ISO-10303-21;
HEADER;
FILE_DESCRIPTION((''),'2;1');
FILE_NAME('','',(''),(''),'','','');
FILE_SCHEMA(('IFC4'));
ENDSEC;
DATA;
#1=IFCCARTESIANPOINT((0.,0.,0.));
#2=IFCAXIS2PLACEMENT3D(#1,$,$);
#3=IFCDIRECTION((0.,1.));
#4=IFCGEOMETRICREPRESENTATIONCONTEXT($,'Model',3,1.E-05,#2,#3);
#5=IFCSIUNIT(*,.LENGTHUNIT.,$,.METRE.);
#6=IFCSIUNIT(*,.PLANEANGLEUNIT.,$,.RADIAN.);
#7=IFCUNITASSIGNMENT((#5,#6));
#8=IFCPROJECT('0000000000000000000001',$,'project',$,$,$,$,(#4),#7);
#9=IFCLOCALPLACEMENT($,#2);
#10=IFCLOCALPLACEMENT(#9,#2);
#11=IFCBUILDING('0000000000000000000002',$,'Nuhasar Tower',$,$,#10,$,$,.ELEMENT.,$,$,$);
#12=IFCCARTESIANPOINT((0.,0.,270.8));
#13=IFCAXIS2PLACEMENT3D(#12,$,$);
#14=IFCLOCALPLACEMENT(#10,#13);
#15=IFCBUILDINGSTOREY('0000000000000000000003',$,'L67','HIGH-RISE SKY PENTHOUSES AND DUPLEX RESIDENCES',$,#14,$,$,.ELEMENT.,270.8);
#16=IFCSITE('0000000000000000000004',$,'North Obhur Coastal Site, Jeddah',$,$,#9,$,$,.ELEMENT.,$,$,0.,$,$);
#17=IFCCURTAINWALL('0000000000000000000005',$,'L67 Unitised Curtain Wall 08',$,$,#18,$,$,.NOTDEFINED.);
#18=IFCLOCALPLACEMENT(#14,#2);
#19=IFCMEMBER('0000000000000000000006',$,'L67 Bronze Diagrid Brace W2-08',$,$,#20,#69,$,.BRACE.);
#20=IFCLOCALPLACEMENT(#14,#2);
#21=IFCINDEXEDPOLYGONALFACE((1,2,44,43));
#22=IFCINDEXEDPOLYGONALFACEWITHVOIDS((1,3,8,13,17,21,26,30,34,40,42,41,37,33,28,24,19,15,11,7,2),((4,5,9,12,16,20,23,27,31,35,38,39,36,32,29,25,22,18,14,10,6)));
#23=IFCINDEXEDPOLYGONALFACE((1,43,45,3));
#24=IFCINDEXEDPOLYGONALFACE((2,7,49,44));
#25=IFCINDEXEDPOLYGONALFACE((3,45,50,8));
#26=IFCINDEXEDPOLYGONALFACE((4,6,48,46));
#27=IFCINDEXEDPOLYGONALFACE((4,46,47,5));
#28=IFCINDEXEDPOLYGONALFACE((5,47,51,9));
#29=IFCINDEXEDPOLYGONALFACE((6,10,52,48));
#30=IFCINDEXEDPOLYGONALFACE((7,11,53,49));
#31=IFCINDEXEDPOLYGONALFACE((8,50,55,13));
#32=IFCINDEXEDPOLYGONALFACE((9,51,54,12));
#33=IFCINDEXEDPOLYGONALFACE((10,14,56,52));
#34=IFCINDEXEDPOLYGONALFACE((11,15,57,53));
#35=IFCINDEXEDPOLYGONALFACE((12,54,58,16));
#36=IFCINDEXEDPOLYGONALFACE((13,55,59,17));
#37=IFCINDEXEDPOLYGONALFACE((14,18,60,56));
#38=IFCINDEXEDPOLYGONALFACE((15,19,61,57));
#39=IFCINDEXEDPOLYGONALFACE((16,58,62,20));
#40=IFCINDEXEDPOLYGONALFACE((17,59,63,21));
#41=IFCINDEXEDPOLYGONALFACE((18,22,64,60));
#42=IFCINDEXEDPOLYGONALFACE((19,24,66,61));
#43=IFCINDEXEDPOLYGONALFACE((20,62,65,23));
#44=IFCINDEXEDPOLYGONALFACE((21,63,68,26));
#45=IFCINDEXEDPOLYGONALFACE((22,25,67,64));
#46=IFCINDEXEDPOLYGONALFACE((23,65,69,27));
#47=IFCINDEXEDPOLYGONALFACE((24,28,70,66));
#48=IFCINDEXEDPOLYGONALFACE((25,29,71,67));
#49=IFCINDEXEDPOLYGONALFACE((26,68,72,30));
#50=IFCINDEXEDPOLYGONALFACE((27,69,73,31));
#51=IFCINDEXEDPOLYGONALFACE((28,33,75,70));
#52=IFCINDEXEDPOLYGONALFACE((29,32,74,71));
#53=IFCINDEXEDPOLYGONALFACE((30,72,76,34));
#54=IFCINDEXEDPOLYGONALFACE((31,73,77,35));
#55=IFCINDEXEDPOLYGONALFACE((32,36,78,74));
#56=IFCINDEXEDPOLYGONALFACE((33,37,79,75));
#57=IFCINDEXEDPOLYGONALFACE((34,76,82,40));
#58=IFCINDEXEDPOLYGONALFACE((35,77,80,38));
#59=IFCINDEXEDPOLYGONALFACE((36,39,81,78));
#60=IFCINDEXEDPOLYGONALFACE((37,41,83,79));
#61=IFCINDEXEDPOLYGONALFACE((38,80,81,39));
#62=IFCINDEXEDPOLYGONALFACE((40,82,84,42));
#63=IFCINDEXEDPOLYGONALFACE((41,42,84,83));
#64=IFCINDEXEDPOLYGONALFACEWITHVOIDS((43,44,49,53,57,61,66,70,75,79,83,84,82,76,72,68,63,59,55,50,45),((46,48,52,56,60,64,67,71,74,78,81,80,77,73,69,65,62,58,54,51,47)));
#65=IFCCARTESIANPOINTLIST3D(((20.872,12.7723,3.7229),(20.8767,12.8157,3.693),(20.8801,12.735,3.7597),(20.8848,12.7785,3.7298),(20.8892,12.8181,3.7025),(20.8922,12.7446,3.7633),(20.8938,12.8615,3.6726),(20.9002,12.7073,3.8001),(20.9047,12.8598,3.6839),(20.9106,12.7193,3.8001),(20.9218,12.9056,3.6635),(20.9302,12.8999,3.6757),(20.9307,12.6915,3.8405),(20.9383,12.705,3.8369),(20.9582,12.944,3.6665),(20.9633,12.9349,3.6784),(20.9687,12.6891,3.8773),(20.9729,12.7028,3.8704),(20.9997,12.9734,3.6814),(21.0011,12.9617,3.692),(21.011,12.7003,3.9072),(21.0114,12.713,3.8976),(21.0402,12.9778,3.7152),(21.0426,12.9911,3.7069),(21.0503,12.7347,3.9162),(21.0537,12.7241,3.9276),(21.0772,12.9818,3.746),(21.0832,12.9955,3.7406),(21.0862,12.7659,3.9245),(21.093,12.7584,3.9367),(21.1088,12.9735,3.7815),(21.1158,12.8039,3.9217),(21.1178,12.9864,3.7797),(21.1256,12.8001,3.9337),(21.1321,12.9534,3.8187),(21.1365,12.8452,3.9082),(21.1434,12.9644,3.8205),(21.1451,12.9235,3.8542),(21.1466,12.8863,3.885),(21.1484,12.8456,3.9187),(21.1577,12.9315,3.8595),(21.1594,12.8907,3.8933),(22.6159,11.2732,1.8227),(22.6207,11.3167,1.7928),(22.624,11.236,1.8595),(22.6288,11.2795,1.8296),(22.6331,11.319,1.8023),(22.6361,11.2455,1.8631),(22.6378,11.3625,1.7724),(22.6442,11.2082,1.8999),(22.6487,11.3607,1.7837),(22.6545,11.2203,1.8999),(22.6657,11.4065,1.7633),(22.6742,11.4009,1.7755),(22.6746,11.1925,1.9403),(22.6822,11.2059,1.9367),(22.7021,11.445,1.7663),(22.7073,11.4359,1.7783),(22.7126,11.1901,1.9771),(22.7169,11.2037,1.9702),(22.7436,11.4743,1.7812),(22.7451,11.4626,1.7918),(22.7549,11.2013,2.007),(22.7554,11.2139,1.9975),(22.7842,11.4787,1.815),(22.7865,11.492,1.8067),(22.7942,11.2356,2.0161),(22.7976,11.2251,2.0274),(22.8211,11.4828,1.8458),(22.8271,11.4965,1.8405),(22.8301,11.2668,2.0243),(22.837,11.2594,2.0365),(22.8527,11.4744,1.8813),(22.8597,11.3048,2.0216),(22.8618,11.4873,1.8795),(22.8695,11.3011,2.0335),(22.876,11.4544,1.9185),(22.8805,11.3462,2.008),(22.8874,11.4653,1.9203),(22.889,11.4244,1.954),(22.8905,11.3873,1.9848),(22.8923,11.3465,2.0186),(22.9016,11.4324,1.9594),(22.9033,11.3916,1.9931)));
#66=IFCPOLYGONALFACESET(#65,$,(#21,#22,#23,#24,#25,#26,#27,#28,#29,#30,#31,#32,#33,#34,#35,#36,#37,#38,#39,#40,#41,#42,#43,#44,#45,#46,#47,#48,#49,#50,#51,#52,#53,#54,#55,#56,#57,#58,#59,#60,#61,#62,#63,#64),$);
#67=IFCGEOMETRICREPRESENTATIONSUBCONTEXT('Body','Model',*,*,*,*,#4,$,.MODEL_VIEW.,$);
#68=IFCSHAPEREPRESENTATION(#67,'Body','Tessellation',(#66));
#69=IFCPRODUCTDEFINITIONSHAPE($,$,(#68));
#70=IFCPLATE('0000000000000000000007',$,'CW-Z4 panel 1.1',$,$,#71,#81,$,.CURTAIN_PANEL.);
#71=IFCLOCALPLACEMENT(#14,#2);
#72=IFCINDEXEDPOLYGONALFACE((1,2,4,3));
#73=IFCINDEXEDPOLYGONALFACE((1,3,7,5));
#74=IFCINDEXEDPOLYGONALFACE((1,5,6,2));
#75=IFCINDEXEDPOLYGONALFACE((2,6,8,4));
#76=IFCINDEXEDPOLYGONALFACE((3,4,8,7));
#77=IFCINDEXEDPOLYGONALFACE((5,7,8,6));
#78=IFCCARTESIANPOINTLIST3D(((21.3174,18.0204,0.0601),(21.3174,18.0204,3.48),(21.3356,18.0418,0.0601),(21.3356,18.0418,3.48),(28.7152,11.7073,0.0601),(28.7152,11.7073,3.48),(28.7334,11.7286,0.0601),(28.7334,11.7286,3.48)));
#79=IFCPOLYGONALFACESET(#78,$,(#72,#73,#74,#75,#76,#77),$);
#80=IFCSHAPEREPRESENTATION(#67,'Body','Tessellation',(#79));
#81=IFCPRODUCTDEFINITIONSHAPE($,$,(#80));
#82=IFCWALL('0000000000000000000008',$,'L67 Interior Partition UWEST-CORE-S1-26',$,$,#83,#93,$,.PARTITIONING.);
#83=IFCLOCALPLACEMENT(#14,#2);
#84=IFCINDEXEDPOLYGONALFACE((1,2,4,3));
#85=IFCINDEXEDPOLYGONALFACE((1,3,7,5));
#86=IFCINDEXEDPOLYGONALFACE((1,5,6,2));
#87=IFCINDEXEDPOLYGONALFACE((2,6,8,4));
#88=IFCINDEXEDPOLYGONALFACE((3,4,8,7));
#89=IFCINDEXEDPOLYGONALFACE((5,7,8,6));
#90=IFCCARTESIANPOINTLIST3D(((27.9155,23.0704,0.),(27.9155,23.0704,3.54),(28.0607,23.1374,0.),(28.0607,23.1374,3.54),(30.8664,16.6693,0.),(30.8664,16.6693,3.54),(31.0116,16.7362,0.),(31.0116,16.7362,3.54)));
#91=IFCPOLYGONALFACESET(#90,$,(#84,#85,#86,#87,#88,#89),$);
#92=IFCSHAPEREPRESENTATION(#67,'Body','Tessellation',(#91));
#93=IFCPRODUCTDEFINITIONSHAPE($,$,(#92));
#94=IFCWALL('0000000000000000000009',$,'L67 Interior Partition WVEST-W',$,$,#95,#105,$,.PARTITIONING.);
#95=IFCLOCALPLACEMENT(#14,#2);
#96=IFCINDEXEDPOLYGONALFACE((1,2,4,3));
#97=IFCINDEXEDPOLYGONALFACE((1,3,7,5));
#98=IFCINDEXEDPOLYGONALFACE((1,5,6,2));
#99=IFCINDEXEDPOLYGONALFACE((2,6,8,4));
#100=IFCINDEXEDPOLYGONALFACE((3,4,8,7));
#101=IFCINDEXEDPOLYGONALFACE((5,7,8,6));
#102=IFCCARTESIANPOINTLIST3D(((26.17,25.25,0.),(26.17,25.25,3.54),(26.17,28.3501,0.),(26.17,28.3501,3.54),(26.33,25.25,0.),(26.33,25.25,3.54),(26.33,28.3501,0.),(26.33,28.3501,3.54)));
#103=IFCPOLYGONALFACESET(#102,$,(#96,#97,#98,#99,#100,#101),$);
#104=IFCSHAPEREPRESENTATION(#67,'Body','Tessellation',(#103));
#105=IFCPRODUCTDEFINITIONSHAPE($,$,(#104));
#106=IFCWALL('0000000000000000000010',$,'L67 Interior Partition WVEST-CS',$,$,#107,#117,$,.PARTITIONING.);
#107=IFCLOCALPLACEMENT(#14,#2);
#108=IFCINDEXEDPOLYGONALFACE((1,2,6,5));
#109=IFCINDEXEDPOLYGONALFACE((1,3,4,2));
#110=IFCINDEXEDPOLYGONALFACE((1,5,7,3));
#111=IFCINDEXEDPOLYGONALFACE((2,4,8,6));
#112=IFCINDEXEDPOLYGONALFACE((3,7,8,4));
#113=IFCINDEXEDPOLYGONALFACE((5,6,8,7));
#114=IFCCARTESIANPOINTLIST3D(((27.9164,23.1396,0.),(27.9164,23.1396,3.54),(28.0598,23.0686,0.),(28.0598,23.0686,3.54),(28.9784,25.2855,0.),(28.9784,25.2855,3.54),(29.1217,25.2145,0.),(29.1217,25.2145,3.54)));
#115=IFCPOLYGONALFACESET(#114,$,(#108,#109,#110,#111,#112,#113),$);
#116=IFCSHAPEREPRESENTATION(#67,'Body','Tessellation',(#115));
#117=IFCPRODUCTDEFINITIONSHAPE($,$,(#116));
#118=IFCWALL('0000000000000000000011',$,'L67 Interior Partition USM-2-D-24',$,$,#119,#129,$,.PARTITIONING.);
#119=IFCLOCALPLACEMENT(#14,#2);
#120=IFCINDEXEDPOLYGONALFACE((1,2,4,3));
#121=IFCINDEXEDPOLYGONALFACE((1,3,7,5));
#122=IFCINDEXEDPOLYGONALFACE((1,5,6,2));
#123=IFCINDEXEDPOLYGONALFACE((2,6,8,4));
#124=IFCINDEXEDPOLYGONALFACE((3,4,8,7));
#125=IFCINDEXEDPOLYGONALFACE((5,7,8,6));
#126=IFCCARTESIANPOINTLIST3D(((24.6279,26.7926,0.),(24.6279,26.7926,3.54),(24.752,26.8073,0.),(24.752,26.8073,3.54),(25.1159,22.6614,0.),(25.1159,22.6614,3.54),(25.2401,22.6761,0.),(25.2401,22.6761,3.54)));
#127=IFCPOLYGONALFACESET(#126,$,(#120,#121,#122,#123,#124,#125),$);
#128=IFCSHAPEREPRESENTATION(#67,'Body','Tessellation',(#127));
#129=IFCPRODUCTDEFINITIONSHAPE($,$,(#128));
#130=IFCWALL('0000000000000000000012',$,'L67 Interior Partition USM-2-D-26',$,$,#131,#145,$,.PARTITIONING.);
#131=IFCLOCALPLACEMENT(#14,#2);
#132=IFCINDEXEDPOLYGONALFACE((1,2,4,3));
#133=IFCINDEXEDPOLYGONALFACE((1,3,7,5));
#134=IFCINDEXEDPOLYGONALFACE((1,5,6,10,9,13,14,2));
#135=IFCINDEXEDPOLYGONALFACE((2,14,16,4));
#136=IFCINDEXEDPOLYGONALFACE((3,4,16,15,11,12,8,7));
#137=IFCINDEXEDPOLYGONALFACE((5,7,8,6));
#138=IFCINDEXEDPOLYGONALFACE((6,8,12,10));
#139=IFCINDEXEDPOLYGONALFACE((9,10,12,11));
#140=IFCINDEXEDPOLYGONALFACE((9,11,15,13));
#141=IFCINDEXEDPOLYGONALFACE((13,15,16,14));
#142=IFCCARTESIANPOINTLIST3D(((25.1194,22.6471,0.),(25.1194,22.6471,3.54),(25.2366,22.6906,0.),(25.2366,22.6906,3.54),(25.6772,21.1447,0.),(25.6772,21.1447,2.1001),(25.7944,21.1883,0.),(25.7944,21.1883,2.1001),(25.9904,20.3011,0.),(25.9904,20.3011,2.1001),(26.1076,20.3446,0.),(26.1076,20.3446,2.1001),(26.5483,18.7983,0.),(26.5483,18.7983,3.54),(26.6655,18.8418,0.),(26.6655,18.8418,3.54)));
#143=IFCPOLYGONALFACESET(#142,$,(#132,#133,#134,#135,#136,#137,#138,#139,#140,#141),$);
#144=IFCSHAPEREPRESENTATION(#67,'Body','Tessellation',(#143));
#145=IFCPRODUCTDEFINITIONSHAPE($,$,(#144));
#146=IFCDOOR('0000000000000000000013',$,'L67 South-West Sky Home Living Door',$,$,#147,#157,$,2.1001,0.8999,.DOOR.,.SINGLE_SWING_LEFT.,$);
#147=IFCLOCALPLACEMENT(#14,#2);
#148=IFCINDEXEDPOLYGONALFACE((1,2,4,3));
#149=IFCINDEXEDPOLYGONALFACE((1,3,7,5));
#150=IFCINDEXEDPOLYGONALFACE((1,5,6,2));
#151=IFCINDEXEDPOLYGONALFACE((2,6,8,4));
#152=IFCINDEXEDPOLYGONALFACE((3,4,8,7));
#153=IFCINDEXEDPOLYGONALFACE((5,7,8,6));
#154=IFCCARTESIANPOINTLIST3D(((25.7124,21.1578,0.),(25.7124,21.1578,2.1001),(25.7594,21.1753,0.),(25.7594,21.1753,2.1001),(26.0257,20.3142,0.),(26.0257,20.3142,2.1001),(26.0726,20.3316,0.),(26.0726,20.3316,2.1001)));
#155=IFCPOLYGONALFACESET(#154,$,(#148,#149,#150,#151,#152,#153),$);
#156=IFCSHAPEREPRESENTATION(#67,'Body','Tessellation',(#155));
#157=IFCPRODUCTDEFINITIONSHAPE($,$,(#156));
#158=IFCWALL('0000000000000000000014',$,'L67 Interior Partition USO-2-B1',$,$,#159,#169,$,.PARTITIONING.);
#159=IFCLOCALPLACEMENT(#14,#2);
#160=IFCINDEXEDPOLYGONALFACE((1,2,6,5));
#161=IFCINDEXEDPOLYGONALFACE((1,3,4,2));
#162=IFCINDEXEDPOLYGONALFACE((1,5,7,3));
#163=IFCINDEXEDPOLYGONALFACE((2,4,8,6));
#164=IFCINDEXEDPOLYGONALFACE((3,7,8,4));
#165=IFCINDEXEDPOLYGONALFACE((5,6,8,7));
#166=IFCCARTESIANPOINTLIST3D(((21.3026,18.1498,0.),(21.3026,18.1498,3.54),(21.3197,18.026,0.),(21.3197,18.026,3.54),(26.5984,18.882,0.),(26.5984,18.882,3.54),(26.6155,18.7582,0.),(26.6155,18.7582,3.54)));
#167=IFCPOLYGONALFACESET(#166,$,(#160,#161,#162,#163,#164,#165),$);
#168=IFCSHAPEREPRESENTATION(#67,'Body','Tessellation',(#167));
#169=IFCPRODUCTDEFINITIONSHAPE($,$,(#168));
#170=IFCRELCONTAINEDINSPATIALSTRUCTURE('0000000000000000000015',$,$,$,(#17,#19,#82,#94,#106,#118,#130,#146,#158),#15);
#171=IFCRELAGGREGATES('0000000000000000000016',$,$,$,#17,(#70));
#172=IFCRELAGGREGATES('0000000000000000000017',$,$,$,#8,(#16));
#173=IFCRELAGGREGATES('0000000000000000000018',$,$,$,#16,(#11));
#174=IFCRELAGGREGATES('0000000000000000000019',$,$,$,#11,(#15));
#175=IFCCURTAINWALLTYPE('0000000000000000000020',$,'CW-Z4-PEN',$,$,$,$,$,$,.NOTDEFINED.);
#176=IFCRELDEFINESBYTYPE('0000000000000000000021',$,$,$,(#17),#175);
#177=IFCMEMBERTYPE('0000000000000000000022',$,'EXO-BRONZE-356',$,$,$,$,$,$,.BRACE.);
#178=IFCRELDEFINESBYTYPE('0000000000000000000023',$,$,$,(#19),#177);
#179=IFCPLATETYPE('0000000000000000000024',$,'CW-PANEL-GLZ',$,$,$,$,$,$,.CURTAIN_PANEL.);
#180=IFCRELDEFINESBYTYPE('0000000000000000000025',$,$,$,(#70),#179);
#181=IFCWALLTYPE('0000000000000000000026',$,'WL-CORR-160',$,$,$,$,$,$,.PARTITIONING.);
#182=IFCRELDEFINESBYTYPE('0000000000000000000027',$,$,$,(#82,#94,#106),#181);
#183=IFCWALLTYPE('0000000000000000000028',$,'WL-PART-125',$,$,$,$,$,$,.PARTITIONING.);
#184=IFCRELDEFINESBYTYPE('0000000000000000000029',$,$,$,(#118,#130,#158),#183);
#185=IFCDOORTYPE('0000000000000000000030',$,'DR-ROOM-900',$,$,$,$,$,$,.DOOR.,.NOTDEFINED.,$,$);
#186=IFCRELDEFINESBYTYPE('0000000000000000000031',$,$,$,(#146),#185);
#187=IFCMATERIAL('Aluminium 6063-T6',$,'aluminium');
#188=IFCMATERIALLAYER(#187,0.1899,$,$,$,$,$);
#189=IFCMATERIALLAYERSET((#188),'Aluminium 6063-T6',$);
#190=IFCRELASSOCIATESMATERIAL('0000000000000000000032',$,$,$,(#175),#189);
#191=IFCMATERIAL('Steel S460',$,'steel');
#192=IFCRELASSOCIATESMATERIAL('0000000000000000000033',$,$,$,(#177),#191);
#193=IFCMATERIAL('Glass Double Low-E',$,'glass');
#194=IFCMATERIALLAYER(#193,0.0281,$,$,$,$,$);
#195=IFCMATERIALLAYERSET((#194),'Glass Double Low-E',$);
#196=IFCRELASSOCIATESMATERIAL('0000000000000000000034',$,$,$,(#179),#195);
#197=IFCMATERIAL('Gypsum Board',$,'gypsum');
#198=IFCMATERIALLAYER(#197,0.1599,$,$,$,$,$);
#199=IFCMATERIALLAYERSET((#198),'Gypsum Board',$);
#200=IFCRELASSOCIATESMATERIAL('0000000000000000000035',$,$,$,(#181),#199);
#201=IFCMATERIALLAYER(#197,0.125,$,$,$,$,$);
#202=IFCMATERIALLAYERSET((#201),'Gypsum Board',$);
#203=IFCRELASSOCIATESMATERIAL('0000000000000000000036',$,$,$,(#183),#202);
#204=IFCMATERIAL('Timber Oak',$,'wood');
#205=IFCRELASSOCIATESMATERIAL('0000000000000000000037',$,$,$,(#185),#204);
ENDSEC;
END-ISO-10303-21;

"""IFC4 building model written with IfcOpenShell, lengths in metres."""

from ifc_helpers import new_model, si_unit, direction, frame, frame_2d, origin, origin_2d, place, context, subcontext, project, spatial, rectangle, hollow_circle, extrude, material, layer, layer_set, material_profile, profile_set, type_object, element, fill, aggregate, save


model = new_model("IFC4")

# Units and contexts
model_context = context("Model", 3, precision=1e-05, world=origin(), true_north=direction((0.0, 1.0)))
body_context = subcontext(model_context, "Body", "Model", "MODEL_VIEW")
ifc_project = project(units=[si_unit("LENGTHUNIT", "METRE"), si_unit("PLANEANGLEUNIT", "RADIAN")], contexts=[model_context])

# Site, building, storey
site_placement = place(None, origin())
site = spatial("IfcSite", under=ifc_project, at=site_placement, Name="North Obhur Coastal Site, Jeddah", CompositionType="ELEMENT", RefElevation=0.0)
building_placement = place(site_placement, origin())
building = spatial("IfcBuilding", under=site, at=building_placement, Name="Nuhasar Tower", CompositionType="ELEMENT")
storey_placement = place(building_placement, frame((0.0, 0.0, 270.8)))
storey = spatial("IfcBuildingStorey", under=building, at=storey_placement, Name="L67", Description="HIGH-RISE SKY PENTHOUSES AND DUPLEX RESIDENCES", CompositionType="ELEMENT", Elevation=270.8)

# Curtain wall
ifc_material_1 = material(Name="Aluminium 6063-T6", Category="aluminium")
ifc_layer_1 = layer(ifc_material_1, 0.1899)
ifc_layer_set_1 = layer_set([ifc_layer_1], Name="Aluminium 6063-T6")
curtain_wall_type = type_object("IfcCurtainWallType", Name="CW-Z4-PEN", PredefinedType="NOTDEFINED", material=ifc_layer_set_1)
curtain_wall_1_placement = place(storey_placement, origin())
curtain_wall_1 = element("IfcCurtainWall", 1, at=curtain_wall_1_placement, inside=storey, type_object=curtain_wall_type, Name="L67 Unitised Curtain Wall 08", PredefinedType="NOTDEFINED")

# Member
ifc_material_2 = material(Name="Steel S460", Category="steel")
ifc_material_profile_1 = material_profile(ifc_material_2, hollow_circle(Radius=0.1777, WallThickness=0.0159, at=origin_2d()), Name="HSS355.6X15.9")
ifc_profile_set_1 = profile_set([ifc_material_profile_1], Name="Steel S460")
member_type_1 = type_object("IfcMemberType", Name="EXO-BRONZE-356", PredefinedType="BRACE", material=ifc_profile_set_1)
member_1_placement = place(storey_placement, frame((22.76, 11.343, 1.8999), z_axis=(-0.584595, 0.502508, 0.636973), x_axis=(-0.651857, -0.758342, 0.0)))
element("IfcMember", 2, at=member_1_placement, inside=storey, type_object=member_type_1, Name="L67 Bronze Diagrid Brace W2-08", PredefinedType="BRACE", context=body_context, shape_type="SweptSolid", body=[
    extrude(hollow_circle(Radius=0.1777, WallThickness=0.0159, at=origin_2d()), origin(), (0.0, 0.0, 1.0), 2.9832),
])

# Plate
ifc_material_3 = material(Name="Glass Double Low-E", Category="glass")
ifc_layer_2 = layer(ifc_material_3, 0.0281)
ifc_layer_set_2 = layer_set([ifc_layer_2], Name="Glass Double Low-E")
plate_type = type_object("IfcPlateType", Name="CW-PANEL-GLZ", PredefinedType="CURTAIN_PANEL", material=ifc_layer_set_2)
plate_placement = place(storey_placement, frame((25.0254, 14.8745, 0.0601), z_axis=(0.0, 0.0, 1.0), x_axis=(0.760667, -0.649142, 0.0)))
plate = element("IfcPlate", 3, at=plate_placement, type_object=plate_type, Name="CW-Z4 panel 1.1", PredefinedType="CURTAIN_PANEL", context=body_context, shape_type="SweptSolid", body=[
    extrude(rectangle(XDim=9.7253, YDim=0.0281, at=origin_2d()), origin(), (0.0, 0.0, 1.0), 3.4199),
])
aggregate(curtain_wall_1, [plate])

# Wall
ifc_material_4 = material(Name="Gypsum Board", Category="gypsum")
ifc_layer_3 = layer(ifc_material_4, 0.1599)
ifc_layer_set_3 = layer_set([ifc_layer_3], Name="Gypsum Board")
wall_type_1 = type_object("IfcWallType", Name="WL-CORR-160", PredefinedType="PARTITIONING", material=ifc_layer_set_3)
wall_1_placement = place(storey_placement, frame((27.988, 23.104, 0.0), z_axis=(0.0, 0.0, 1.0), x_axis=(0.418656, -0.908145, 0.0)))
element("IfcWall", 4, at=wall_1_placement, inside=storey, type_object=wall_type_1, Name="L67 Interior Partition UWEST-CORE-S1-26", PredefinedType="PARTITIONING", context=body_context, shape_type="SweptSolid", body=[
    extrude(rectangle(XDim=7.0486, YDim=0.1599, at=frame_2d((3.5244, 0.0))), origin(), (0.0, 0.0, 1.0), 3.54),
])

# Shared definitions
ifc_material_5 = material(Name="Timber Oak", Category="wood")

# Walls
wall_2_placement = place(storey_placement, frame((26.25, 25.25, 0.0), z_axis=(0.0, 0.0, 1.0), x_axis=(0.0, 1.0, 0.0)))
element("IfcWall", 5, at=wall_2_placement, inside=storey, type_object=wall_type_1, Name="L67 Interior Partition WVEST-W", PredefinedType="PARTITIONING", context=body_context, shape_type="SweptSolid", body=[
    extrude(rectangle(XDim=3.1001, YDim=0.1599, at=frame_2d((1.55, 0.0))), origin(), (0.0, 0.0, 1.0), 3.54),
])
wall_3_placement = place(storey_placement, frame((27.988, 23.104, 0.0), z_axis=(0.0, 0.0, 1.0), x_axis=(0.443539, 0.896255, 0.0)))
element("IfcWall", 6, at=wall_3_placement, inside=storey, type_object=wall_type_1, Name="L67 Interior Partition WVEST-CS", PredefinedType="PARTITIONING", context=body_context, shape_type="SweptSolid", body=[
    extrude(rectangle(XDim=2.3943, YDim=0.1599, at=frame_2d((1.1973, 0.0))), origin(), (0.0, 0.0, 1.0), 3.54),
])
ifc_layer_4 = layer(ifc_material_4, 0.125)
ifc_layer_set_4 = layer_set([ifc_layer_4], Name="Gypsum Board")
wall_type_2 = type_object("IfcWallType", Name="WL-PART-125", PredefinedType="PARTITIONING", material=ifc_layer_set_4)
wall_4_placement = place(storey_placement, frame((24.6899, 26.8, 0.0), z_axis=(0.0, 0.0, 1.0), x_axis=(0.117321, -0.993094, 0.0)))
element("IfcWall", 7, at=wall_4_placement, inside=storey, type_object=wall_type_2, Name="L67 Interior Partition USM-2-D-24", PredefinedType="PARTITIONING", context=body_context, shape_type="SweptSolid", body=[
    extrude(rectangle(XDim=4.1599, YDim=0.125, at=frame_2d((2.0801, 0.0))), origin(), (0.0, 0.0, 1.0), 3.54),
])

# Wall, opening, door
wall_5_placement = place(storey_placement, frame((26.6069, 18.8201, 0.0), z_axis=(0.0, 0.0, 1.0), x_axis=(-0.348052, 0.937475, 0.0)))
wall_5 = element("IfcWall", 8, at=wall_5_placement, inside=storey, type_object=wall_type_2, Name="L67 Interior Partition USM-2-D-26", PredefinedType="PARTITIONING", context=body_context, shape_type="SweptSolid", body=[
    extrude(rectangle(XDim=4.1055, YDim=0.125, at=frame_2d((2.0527, 0.0))), origin(), (0.0, 0.0, 1.0), 3.54),
])
opening_1_placement = place(wall_5_placement, frame((1.603, 0.0, 0.0)))
opening_1 = element("IfcOpeningElement", 9, at=opening_1_placement, cuts=wall_5, PredefinedType="OPENING", context=body_context, shape_type="SweptSolid", body=[
    extrude(rectangle(XDim=0.8999, YDim=2.1001, at=frame_2d((0.45, 1.05))), frame((0.0, 0.0725, 0.0), z_axis=(0.0, -1.0, 0.0), x_axis=(1.0, 0.0, 0.0)), (0.0, 0.0, 1.0), 0.145),
])
door_type_1 = type_object("IfcDoorType", Name="DR-ROOM-900", OperationType="NOTDEFINED", PredefinedType="DOOR", material=ifc_material_5)
door_1_placement = place(opening_1_placement, origin())
door_1 = element("IfcDoor", 10, at=door_1_placement, inside=storey, type_object=door_type_1, Name="L67 South-West Sky Home Living Door", OperationType="SINGLE_SWING_LEFT", OverallHeight=2.1001, OverallWidth=0.8999, PredefinedType="DOOR", context=body_context, shape_type="SweptSolid", body=[
    extrude(rectangle(XDim=0.8999, YDim=2.1001, at=frame_2d((0.45, 1.05))), frame((0.0, 0.0249, 0.0), z_axis=(0.0, -1.0, 0.0), x_axis=(1.0, 0.0, 0.0)), (0.0, 0.0, 1.0), 0.05),
])
fill(opening_1, door_1)

# Wall
wall_6_placement = place(storey_placement, frame((26.6069, 18.8201, 0.0), z_axis=(0.0, 0.0, 1.0), x_axis=(-0.990578, -0.136951, 0.0)))
element("IfcWall", 11, at=wall_6_placement, inside=storey, type_object=wall_type_2, Name="L67 Interior Partition USO-2-B1", PredefinedType="PARTITIONING", context=body_context, shape_type="SweptSolid", body=[
    extrude(rectangle(XDim=5.3462, YDim=0.125, at=frame_2d((2.6731, 0.0))), origin(), (0.0, 0.0, 1.0), 3.54),
])

save(model, "model.ifc")
